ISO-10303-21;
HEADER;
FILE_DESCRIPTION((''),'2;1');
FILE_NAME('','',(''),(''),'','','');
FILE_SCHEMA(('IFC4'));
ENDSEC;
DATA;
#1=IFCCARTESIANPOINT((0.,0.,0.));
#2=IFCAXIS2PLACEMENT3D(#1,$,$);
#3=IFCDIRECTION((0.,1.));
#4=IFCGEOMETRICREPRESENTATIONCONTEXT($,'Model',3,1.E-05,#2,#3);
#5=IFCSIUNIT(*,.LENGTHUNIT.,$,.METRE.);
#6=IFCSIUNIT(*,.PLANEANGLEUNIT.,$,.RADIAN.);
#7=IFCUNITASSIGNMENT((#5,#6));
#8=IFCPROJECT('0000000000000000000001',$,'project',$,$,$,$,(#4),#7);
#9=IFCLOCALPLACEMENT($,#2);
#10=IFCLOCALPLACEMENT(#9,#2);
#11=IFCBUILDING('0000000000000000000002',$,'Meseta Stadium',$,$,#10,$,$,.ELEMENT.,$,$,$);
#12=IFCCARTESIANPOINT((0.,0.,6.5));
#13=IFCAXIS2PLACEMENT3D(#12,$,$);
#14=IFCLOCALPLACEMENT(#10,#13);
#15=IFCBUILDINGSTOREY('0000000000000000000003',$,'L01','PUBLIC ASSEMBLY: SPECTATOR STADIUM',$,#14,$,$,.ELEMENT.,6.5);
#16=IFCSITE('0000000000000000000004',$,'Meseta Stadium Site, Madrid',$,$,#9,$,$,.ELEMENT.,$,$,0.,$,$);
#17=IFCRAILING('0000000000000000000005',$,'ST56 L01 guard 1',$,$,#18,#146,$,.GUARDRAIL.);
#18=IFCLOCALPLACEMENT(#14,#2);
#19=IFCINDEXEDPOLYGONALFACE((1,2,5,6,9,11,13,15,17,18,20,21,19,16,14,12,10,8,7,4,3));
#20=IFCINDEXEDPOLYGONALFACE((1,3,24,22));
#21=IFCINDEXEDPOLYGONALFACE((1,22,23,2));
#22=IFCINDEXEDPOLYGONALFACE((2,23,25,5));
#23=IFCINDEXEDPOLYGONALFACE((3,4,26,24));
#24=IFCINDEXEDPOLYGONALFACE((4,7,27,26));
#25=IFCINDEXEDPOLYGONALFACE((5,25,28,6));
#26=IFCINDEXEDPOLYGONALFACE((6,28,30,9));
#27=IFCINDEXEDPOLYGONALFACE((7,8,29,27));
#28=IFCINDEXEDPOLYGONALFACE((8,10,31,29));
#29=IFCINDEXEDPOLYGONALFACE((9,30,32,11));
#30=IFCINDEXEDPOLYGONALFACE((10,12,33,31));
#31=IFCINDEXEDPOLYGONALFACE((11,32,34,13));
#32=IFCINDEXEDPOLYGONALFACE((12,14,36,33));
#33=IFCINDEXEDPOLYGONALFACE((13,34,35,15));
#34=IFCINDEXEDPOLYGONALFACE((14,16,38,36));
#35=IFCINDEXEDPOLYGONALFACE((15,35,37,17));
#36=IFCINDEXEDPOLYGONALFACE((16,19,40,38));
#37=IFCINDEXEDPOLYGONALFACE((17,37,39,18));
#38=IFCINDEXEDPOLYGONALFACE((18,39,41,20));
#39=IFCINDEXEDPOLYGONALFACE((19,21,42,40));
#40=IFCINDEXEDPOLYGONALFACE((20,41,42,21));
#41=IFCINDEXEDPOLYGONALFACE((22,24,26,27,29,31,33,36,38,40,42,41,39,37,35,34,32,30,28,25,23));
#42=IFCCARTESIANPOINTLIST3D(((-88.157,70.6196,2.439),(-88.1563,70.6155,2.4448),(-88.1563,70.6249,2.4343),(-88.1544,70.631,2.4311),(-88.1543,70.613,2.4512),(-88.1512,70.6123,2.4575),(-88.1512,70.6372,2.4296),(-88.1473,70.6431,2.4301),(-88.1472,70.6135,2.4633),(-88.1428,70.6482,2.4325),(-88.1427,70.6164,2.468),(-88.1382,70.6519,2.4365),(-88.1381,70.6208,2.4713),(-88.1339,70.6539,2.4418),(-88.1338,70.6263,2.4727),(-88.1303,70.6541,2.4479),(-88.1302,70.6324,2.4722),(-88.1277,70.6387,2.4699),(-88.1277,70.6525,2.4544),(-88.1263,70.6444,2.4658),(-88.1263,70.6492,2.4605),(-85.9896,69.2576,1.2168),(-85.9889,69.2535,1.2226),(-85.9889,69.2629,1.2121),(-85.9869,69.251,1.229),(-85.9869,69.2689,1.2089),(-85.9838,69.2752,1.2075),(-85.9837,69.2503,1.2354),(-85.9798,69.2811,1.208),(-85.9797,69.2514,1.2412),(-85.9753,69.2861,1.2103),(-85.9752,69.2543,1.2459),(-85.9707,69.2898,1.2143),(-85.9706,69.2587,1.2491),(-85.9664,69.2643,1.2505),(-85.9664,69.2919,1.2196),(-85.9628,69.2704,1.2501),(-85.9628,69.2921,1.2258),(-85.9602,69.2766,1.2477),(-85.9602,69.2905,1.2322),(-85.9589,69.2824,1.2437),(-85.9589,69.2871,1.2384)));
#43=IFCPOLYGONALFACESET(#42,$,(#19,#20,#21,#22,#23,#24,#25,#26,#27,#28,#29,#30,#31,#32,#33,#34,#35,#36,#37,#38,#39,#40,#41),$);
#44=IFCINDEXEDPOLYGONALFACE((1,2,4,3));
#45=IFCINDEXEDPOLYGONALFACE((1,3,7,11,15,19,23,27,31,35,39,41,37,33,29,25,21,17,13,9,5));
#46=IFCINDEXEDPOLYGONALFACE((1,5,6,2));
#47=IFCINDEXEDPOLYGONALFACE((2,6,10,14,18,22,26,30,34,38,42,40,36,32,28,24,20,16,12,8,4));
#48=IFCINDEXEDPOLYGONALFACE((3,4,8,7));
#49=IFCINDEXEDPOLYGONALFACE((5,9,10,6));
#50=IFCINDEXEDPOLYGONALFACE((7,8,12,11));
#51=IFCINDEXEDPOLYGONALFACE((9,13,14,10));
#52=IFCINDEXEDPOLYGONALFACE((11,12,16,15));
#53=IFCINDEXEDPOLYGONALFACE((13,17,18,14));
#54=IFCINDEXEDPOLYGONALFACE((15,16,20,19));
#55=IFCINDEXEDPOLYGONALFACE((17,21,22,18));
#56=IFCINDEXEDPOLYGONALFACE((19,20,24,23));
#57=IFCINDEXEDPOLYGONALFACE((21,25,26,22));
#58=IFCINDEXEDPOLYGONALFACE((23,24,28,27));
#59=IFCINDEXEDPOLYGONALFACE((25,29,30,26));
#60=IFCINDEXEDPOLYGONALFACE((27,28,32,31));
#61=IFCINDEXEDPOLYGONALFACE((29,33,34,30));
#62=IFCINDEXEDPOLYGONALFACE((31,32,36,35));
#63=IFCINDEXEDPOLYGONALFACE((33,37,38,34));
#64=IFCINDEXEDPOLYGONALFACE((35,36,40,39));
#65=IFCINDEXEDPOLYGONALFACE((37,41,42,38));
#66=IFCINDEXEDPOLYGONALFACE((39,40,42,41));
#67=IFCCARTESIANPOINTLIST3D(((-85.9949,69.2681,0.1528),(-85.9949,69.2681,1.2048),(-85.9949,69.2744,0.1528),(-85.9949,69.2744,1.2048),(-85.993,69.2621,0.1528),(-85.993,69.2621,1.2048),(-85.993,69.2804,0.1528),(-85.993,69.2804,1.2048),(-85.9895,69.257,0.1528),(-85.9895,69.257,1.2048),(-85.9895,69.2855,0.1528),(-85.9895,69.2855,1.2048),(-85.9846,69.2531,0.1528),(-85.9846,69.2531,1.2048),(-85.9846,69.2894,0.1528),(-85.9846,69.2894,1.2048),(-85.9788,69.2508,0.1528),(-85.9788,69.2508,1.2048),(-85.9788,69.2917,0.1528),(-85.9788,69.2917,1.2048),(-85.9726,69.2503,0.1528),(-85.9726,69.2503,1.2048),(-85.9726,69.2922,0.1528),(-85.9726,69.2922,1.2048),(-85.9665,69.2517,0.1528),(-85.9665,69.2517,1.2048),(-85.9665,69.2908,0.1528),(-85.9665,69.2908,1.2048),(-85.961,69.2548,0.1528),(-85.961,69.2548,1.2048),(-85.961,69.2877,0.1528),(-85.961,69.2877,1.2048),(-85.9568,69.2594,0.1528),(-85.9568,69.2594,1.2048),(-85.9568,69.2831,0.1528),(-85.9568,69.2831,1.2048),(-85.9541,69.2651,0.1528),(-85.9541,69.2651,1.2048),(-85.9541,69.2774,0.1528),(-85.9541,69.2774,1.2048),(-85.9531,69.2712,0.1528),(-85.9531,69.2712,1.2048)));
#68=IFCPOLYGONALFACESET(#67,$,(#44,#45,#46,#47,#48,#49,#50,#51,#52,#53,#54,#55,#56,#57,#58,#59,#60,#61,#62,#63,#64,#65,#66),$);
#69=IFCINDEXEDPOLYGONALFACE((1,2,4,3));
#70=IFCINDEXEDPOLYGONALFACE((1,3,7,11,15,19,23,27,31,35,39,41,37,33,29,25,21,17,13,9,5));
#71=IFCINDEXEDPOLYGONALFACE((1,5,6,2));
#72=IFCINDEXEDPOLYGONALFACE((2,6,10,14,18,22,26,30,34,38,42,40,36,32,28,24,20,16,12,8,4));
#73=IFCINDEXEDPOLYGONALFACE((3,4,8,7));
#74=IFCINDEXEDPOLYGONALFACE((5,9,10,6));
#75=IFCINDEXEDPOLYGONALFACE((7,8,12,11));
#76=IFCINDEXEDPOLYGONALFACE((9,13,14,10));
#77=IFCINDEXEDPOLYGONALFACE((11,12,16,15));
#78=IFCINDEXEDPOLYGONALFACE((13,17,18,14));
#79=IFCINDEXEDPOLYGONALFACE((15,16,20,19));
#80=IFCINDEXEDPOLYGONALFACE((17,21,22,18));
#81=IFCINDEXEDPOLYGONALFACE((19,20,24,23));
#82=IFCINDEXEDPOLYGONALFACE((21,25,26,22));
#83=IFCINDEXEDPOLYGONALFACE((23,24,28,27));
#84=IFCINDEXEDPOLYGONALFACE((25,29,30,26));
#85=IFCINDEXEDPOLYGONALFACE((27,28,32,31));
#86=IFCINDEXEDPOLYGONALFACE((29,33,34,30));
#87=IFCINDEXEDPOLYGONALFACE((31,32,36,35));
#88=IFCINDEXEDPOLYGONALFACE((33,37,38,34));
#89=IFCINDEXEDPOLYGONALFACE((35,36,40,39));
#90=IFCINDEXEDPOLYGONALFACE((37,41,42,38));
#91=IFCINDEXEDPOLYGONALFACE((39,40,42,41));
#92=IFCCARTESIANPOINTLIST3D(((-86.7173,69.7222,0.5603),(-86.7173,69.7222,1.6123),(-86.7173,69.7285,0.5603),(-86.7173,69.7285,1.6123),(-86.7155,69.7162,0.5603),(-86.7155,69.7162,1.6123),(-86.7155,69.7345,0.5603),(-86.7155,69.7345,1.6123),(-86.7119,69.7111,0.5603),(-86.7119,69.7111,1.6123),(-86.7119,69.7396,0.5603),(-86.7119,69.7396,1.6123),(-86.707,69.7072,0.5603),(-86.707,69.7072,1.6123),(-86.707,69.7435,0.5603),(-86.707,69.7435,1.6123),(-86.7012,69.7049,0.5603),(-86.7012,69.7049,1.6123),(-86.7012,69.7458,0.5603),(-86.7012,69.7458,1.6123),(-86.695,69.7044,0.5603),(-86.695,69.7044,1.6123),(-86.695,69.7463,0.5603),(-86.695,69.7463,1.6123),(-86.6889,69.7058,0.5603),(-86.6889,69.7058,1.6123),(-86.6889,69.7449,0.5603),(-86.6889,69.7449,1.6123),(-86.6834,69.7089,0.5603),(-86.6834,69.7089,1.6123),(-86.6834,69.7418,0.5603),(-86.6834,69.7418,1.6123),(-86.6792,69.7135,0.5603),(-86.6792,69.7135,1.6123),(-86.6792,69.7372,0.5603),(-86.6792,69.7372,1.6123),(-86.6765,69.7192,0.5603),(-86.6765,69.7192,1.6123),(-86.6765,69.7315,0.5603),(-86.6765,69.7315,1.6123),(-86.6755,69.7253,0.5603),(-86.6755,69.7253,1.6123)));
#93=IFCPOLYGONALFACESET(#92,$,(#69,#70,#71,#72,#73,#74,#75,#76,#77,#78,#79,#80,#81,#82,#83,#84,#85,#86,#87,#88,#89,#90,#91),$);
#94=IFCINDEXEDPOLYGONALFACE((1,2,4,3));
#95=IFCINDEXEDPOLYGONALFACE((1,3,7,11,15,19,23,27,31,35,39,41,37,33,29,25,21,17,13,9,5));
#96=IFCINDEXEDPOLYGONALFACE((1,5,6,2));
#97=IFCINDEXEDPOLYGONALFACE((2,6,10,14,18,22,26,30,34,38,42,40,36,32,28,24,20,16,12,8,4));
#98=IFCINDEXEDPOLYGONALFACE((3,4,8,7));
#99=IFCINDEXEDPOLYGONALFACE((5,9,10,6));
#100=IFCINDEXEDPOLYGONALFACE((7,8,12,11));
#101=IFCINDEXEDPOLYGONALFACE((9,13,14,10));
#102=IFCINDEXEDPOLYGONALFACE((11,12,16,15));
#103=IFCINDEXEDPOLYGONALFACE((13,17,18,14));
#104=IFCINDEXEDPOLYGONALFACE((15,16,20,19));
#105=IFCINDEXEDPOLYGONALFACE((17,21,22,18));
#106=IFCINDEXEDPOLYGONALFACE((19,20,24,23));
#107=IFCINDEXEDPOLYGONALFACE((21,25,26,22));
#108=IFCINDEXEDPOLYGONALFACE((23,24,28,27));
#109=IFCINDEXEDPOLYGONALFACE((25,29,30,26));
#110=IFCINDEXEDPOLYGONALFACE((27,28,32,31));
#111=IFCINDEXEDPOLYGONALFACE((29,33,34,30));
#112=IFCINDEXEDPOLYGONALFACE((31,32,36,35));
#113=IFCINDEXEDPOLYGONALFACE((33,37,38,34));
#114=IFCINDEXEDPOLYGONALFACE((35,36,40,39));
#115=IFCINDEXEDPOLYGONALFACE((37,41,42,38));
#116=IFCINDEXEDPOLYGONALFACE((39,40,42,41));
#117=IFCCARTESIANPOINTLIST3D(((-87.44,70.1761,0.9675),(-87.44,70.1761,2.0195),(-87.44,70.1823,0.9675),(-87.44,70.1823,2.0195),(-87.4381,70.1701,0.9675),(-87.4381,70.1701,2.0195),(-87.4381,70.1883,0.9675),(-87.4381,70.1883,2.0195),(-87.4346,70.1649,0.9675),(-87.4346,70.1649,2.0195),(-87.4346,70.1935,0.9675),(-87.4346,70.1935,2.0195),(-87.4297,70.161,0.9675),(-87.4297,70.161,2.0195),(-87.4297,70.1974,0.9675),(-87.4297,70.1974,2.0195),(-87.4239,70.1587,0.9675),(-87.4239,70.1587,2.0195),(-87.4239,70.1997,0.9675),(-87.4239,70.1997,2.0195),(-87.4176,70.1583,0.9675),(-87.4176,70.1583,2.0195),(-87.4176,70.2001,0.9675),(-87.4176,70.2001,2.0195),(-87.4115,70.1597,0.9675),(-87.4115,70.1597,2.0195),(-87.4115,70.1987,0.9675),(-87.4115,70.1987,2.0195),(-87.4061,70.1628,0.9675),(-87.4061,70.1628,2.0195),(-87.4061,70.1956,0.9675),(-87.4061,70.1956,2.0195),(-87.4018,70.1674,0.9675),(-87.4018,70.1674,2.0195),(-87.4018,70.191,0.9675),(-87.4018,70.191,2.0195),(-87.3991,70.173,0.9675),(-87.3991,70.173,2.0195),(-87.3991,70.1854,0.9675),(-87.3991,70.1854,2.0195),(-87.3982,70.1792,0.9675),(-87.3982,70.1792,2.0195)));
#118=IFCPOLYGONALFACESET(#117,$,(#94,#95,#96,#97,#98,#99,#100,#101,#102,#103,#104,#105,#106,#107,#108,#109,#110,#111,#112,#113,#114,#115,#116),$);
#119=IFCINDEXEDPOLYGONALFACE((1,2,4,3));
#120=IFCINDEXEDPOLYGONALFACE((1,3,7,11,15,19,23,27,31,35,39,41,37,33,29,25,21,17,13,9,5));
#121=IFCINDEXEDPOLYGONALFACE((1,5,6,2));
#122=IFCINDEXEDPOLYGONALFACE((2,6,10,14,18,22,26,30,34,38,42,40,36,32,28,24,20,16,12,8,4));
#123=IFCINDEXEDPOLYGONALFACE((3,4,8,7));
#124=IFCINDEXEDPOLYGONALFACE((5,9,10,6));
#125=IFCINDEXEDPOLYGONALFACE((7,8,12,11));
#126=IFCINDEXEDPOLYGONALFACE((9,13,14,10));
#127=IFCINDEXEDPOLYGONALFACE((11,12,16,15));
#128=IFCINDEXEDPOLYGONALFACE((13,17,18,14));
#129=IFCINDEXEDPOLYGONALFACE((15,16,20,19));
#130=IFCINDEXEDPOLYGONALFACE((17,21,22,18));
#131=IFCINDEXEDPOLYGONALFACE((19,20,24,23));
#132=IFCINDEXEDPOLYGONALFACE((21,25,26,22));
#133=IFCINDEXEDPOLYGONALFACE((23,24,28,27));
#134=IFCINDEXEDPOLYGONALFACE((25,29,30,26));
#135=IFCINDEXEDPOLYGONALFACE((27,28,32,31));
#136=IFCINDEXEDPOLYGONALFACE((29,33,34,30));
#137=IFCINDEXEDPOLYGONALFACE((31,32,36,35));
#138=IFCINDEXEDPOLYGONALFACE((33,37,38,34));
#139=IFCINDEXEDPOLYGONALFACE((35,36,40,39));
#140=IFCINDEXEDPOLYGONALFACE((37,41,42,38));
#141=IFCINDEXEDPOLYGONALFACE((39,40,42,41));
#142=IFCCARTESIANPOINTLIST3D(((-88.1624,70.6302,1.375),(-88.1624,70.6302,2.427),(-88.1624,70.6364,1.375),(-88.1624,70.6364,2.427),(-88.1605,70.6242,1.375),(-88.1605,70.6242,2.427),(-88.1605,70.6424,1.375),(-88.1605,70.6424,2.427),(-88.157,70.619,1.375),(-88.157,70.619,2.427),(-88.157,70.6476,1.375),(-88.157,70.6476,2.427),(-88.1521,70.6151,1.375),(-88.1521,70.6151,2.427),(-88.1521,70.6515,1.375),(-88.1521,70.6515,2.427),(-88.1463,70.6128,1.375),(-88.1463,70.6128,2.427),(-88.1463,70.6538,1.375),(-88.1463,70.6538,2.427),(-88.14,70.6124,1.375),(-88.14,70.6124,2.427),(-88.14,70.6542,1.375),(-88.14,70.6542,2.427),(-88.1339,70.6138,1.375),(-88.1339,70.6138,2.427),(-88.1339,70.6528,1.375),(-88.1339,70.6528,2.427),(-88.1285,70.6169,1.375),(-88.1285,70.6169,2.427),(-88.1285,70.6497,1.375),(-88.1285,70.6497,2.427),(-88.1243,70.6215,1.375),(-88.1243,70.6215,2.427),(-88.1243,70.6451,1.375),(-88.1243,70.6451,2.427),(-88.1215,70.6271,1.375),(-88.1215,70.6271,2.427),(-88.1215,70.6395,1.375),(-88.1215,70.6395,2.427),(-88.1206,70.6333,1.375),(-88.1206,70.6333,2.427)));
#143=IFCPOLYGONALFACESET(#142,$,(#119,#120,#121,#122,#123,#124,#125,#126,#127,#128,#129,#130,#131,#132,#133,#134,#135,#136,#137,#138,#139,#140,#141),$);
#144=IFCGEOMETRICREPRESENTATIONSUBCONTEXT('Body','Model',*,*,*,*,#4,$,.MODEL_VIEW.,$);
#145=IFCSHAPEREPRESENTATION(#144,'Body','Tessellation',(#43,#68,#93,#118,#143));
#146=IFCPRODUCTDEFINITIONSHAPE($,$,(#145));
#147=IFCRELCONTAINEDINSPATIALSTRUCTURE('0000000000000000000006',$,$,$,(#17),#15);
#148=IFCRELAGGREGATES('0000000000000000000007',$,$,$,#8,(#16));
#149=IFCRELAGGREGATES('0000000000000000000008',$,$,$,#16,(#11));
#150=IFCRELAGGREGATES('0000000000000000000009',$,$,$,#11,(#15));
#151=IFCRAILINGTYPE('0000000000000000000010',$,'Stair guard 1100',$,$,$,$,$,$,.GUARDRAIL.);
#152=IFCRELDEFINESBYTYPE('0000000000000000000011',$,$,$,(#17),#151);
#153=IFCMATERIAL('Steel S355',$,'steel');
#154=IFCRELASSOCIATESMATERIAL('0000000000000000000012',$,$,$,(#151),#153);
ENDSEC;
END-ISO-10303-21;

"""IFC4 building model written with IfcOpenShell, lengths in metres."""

from ifc_helpers import new_model, si_unit, direction, frame, origin, origin_2d, place, context, subcontext, project, spatial, circle, extrude, material, type_object, element, save


model = new_model("IFC4")

# Units and contexts
model_context = context("Model", 3, precision=1e-05, world=origin(), true_north=direction((0.0, 1.0)))
body_context = subcontext(model_context, "Body", "Model", "MODEL_VIEW")
ifc_project = project(units=[si_unit("LENGTHUNIT", "METRE"), si_unit("PLANEANGLEUNIT", "RADIAN")], contexts=[model_context])

# Site, building, storey
site_placement = place(None, origin())
site = spatial("IfcSite", under=ifc_project, at=site_placement, Name="Meseta Stadium Site, Madrid", CompositionType="ELEMENT", RefElevation=0.0)
building_placement = place(site_placement, origin())
building = spatial("IfcBuilding", under=site, at=building_placement, Name="Meseta Stadium", CompositionType="ELEMENT")
storey_placement = place(building_placement, frame((0.0, 0.0, 6.5)))
storey = spatial("IfcBuildingStorey", under=building, at=storey_placement, Name="L01", Description="PUBLIC ASSEMBLY: SPECTATOR STADIUM", CompositionType="ELEMENT", Elevation=6.5)

# Railing
ifc_material_1 = material(Name="Steel S355", Category="steel")
railing_type_1 = type_object("IfcRailingType", Name="Stair guard 1100", PredefinedType="GUARDRAIL", material=ifc_material_1)
for number, where, name in (
    (1, (-85.9741, 69.2712, 0.1528), "ST56 L01 guard 1"),
):
    element("IfcRailing", number, at=place(storey_placement, frame(where)), inside=storey, type_object=railing_type_1, Name=name, PredefinedType="GUARDRAIL", context=body_context, shape_type="SweptSolid", body=[
        extrude(circle(Radius=0.0239, at=origin_2d()), frame((0.0, 0.0, 1.0762), z_axis=(-0.764085, 0.480156, 0.430841), x_axis=(-0.532072, -0.846699, 0.0)), (0.0, 0.0, 1.0), 2.8367),
        extrude(circle(Radius=0.021, at=origin_2d()), origin(), (0.0, 0.0, 1.0), 1.052),
        extrude(circle(Radius=0.021, at=origin_2d()), frame((-0.7224, 0.4541, 0.4075)), (0.0, 0.0, 1.0), 1.052),
        extrude(circle(Radius=0.021, at=origin_2d()), frame((-1.4451, 0.908, 0.8147)), (0.0, 0.0, 1.0), 1.052),
        extrude(circle(Radius=0.021, at=origin_2d()), frame((-2.1675, 1.3621, 1.2222)), (0.0, 0.0, 1.0), 1.052),
    ])

save(model, "model.ifc")
